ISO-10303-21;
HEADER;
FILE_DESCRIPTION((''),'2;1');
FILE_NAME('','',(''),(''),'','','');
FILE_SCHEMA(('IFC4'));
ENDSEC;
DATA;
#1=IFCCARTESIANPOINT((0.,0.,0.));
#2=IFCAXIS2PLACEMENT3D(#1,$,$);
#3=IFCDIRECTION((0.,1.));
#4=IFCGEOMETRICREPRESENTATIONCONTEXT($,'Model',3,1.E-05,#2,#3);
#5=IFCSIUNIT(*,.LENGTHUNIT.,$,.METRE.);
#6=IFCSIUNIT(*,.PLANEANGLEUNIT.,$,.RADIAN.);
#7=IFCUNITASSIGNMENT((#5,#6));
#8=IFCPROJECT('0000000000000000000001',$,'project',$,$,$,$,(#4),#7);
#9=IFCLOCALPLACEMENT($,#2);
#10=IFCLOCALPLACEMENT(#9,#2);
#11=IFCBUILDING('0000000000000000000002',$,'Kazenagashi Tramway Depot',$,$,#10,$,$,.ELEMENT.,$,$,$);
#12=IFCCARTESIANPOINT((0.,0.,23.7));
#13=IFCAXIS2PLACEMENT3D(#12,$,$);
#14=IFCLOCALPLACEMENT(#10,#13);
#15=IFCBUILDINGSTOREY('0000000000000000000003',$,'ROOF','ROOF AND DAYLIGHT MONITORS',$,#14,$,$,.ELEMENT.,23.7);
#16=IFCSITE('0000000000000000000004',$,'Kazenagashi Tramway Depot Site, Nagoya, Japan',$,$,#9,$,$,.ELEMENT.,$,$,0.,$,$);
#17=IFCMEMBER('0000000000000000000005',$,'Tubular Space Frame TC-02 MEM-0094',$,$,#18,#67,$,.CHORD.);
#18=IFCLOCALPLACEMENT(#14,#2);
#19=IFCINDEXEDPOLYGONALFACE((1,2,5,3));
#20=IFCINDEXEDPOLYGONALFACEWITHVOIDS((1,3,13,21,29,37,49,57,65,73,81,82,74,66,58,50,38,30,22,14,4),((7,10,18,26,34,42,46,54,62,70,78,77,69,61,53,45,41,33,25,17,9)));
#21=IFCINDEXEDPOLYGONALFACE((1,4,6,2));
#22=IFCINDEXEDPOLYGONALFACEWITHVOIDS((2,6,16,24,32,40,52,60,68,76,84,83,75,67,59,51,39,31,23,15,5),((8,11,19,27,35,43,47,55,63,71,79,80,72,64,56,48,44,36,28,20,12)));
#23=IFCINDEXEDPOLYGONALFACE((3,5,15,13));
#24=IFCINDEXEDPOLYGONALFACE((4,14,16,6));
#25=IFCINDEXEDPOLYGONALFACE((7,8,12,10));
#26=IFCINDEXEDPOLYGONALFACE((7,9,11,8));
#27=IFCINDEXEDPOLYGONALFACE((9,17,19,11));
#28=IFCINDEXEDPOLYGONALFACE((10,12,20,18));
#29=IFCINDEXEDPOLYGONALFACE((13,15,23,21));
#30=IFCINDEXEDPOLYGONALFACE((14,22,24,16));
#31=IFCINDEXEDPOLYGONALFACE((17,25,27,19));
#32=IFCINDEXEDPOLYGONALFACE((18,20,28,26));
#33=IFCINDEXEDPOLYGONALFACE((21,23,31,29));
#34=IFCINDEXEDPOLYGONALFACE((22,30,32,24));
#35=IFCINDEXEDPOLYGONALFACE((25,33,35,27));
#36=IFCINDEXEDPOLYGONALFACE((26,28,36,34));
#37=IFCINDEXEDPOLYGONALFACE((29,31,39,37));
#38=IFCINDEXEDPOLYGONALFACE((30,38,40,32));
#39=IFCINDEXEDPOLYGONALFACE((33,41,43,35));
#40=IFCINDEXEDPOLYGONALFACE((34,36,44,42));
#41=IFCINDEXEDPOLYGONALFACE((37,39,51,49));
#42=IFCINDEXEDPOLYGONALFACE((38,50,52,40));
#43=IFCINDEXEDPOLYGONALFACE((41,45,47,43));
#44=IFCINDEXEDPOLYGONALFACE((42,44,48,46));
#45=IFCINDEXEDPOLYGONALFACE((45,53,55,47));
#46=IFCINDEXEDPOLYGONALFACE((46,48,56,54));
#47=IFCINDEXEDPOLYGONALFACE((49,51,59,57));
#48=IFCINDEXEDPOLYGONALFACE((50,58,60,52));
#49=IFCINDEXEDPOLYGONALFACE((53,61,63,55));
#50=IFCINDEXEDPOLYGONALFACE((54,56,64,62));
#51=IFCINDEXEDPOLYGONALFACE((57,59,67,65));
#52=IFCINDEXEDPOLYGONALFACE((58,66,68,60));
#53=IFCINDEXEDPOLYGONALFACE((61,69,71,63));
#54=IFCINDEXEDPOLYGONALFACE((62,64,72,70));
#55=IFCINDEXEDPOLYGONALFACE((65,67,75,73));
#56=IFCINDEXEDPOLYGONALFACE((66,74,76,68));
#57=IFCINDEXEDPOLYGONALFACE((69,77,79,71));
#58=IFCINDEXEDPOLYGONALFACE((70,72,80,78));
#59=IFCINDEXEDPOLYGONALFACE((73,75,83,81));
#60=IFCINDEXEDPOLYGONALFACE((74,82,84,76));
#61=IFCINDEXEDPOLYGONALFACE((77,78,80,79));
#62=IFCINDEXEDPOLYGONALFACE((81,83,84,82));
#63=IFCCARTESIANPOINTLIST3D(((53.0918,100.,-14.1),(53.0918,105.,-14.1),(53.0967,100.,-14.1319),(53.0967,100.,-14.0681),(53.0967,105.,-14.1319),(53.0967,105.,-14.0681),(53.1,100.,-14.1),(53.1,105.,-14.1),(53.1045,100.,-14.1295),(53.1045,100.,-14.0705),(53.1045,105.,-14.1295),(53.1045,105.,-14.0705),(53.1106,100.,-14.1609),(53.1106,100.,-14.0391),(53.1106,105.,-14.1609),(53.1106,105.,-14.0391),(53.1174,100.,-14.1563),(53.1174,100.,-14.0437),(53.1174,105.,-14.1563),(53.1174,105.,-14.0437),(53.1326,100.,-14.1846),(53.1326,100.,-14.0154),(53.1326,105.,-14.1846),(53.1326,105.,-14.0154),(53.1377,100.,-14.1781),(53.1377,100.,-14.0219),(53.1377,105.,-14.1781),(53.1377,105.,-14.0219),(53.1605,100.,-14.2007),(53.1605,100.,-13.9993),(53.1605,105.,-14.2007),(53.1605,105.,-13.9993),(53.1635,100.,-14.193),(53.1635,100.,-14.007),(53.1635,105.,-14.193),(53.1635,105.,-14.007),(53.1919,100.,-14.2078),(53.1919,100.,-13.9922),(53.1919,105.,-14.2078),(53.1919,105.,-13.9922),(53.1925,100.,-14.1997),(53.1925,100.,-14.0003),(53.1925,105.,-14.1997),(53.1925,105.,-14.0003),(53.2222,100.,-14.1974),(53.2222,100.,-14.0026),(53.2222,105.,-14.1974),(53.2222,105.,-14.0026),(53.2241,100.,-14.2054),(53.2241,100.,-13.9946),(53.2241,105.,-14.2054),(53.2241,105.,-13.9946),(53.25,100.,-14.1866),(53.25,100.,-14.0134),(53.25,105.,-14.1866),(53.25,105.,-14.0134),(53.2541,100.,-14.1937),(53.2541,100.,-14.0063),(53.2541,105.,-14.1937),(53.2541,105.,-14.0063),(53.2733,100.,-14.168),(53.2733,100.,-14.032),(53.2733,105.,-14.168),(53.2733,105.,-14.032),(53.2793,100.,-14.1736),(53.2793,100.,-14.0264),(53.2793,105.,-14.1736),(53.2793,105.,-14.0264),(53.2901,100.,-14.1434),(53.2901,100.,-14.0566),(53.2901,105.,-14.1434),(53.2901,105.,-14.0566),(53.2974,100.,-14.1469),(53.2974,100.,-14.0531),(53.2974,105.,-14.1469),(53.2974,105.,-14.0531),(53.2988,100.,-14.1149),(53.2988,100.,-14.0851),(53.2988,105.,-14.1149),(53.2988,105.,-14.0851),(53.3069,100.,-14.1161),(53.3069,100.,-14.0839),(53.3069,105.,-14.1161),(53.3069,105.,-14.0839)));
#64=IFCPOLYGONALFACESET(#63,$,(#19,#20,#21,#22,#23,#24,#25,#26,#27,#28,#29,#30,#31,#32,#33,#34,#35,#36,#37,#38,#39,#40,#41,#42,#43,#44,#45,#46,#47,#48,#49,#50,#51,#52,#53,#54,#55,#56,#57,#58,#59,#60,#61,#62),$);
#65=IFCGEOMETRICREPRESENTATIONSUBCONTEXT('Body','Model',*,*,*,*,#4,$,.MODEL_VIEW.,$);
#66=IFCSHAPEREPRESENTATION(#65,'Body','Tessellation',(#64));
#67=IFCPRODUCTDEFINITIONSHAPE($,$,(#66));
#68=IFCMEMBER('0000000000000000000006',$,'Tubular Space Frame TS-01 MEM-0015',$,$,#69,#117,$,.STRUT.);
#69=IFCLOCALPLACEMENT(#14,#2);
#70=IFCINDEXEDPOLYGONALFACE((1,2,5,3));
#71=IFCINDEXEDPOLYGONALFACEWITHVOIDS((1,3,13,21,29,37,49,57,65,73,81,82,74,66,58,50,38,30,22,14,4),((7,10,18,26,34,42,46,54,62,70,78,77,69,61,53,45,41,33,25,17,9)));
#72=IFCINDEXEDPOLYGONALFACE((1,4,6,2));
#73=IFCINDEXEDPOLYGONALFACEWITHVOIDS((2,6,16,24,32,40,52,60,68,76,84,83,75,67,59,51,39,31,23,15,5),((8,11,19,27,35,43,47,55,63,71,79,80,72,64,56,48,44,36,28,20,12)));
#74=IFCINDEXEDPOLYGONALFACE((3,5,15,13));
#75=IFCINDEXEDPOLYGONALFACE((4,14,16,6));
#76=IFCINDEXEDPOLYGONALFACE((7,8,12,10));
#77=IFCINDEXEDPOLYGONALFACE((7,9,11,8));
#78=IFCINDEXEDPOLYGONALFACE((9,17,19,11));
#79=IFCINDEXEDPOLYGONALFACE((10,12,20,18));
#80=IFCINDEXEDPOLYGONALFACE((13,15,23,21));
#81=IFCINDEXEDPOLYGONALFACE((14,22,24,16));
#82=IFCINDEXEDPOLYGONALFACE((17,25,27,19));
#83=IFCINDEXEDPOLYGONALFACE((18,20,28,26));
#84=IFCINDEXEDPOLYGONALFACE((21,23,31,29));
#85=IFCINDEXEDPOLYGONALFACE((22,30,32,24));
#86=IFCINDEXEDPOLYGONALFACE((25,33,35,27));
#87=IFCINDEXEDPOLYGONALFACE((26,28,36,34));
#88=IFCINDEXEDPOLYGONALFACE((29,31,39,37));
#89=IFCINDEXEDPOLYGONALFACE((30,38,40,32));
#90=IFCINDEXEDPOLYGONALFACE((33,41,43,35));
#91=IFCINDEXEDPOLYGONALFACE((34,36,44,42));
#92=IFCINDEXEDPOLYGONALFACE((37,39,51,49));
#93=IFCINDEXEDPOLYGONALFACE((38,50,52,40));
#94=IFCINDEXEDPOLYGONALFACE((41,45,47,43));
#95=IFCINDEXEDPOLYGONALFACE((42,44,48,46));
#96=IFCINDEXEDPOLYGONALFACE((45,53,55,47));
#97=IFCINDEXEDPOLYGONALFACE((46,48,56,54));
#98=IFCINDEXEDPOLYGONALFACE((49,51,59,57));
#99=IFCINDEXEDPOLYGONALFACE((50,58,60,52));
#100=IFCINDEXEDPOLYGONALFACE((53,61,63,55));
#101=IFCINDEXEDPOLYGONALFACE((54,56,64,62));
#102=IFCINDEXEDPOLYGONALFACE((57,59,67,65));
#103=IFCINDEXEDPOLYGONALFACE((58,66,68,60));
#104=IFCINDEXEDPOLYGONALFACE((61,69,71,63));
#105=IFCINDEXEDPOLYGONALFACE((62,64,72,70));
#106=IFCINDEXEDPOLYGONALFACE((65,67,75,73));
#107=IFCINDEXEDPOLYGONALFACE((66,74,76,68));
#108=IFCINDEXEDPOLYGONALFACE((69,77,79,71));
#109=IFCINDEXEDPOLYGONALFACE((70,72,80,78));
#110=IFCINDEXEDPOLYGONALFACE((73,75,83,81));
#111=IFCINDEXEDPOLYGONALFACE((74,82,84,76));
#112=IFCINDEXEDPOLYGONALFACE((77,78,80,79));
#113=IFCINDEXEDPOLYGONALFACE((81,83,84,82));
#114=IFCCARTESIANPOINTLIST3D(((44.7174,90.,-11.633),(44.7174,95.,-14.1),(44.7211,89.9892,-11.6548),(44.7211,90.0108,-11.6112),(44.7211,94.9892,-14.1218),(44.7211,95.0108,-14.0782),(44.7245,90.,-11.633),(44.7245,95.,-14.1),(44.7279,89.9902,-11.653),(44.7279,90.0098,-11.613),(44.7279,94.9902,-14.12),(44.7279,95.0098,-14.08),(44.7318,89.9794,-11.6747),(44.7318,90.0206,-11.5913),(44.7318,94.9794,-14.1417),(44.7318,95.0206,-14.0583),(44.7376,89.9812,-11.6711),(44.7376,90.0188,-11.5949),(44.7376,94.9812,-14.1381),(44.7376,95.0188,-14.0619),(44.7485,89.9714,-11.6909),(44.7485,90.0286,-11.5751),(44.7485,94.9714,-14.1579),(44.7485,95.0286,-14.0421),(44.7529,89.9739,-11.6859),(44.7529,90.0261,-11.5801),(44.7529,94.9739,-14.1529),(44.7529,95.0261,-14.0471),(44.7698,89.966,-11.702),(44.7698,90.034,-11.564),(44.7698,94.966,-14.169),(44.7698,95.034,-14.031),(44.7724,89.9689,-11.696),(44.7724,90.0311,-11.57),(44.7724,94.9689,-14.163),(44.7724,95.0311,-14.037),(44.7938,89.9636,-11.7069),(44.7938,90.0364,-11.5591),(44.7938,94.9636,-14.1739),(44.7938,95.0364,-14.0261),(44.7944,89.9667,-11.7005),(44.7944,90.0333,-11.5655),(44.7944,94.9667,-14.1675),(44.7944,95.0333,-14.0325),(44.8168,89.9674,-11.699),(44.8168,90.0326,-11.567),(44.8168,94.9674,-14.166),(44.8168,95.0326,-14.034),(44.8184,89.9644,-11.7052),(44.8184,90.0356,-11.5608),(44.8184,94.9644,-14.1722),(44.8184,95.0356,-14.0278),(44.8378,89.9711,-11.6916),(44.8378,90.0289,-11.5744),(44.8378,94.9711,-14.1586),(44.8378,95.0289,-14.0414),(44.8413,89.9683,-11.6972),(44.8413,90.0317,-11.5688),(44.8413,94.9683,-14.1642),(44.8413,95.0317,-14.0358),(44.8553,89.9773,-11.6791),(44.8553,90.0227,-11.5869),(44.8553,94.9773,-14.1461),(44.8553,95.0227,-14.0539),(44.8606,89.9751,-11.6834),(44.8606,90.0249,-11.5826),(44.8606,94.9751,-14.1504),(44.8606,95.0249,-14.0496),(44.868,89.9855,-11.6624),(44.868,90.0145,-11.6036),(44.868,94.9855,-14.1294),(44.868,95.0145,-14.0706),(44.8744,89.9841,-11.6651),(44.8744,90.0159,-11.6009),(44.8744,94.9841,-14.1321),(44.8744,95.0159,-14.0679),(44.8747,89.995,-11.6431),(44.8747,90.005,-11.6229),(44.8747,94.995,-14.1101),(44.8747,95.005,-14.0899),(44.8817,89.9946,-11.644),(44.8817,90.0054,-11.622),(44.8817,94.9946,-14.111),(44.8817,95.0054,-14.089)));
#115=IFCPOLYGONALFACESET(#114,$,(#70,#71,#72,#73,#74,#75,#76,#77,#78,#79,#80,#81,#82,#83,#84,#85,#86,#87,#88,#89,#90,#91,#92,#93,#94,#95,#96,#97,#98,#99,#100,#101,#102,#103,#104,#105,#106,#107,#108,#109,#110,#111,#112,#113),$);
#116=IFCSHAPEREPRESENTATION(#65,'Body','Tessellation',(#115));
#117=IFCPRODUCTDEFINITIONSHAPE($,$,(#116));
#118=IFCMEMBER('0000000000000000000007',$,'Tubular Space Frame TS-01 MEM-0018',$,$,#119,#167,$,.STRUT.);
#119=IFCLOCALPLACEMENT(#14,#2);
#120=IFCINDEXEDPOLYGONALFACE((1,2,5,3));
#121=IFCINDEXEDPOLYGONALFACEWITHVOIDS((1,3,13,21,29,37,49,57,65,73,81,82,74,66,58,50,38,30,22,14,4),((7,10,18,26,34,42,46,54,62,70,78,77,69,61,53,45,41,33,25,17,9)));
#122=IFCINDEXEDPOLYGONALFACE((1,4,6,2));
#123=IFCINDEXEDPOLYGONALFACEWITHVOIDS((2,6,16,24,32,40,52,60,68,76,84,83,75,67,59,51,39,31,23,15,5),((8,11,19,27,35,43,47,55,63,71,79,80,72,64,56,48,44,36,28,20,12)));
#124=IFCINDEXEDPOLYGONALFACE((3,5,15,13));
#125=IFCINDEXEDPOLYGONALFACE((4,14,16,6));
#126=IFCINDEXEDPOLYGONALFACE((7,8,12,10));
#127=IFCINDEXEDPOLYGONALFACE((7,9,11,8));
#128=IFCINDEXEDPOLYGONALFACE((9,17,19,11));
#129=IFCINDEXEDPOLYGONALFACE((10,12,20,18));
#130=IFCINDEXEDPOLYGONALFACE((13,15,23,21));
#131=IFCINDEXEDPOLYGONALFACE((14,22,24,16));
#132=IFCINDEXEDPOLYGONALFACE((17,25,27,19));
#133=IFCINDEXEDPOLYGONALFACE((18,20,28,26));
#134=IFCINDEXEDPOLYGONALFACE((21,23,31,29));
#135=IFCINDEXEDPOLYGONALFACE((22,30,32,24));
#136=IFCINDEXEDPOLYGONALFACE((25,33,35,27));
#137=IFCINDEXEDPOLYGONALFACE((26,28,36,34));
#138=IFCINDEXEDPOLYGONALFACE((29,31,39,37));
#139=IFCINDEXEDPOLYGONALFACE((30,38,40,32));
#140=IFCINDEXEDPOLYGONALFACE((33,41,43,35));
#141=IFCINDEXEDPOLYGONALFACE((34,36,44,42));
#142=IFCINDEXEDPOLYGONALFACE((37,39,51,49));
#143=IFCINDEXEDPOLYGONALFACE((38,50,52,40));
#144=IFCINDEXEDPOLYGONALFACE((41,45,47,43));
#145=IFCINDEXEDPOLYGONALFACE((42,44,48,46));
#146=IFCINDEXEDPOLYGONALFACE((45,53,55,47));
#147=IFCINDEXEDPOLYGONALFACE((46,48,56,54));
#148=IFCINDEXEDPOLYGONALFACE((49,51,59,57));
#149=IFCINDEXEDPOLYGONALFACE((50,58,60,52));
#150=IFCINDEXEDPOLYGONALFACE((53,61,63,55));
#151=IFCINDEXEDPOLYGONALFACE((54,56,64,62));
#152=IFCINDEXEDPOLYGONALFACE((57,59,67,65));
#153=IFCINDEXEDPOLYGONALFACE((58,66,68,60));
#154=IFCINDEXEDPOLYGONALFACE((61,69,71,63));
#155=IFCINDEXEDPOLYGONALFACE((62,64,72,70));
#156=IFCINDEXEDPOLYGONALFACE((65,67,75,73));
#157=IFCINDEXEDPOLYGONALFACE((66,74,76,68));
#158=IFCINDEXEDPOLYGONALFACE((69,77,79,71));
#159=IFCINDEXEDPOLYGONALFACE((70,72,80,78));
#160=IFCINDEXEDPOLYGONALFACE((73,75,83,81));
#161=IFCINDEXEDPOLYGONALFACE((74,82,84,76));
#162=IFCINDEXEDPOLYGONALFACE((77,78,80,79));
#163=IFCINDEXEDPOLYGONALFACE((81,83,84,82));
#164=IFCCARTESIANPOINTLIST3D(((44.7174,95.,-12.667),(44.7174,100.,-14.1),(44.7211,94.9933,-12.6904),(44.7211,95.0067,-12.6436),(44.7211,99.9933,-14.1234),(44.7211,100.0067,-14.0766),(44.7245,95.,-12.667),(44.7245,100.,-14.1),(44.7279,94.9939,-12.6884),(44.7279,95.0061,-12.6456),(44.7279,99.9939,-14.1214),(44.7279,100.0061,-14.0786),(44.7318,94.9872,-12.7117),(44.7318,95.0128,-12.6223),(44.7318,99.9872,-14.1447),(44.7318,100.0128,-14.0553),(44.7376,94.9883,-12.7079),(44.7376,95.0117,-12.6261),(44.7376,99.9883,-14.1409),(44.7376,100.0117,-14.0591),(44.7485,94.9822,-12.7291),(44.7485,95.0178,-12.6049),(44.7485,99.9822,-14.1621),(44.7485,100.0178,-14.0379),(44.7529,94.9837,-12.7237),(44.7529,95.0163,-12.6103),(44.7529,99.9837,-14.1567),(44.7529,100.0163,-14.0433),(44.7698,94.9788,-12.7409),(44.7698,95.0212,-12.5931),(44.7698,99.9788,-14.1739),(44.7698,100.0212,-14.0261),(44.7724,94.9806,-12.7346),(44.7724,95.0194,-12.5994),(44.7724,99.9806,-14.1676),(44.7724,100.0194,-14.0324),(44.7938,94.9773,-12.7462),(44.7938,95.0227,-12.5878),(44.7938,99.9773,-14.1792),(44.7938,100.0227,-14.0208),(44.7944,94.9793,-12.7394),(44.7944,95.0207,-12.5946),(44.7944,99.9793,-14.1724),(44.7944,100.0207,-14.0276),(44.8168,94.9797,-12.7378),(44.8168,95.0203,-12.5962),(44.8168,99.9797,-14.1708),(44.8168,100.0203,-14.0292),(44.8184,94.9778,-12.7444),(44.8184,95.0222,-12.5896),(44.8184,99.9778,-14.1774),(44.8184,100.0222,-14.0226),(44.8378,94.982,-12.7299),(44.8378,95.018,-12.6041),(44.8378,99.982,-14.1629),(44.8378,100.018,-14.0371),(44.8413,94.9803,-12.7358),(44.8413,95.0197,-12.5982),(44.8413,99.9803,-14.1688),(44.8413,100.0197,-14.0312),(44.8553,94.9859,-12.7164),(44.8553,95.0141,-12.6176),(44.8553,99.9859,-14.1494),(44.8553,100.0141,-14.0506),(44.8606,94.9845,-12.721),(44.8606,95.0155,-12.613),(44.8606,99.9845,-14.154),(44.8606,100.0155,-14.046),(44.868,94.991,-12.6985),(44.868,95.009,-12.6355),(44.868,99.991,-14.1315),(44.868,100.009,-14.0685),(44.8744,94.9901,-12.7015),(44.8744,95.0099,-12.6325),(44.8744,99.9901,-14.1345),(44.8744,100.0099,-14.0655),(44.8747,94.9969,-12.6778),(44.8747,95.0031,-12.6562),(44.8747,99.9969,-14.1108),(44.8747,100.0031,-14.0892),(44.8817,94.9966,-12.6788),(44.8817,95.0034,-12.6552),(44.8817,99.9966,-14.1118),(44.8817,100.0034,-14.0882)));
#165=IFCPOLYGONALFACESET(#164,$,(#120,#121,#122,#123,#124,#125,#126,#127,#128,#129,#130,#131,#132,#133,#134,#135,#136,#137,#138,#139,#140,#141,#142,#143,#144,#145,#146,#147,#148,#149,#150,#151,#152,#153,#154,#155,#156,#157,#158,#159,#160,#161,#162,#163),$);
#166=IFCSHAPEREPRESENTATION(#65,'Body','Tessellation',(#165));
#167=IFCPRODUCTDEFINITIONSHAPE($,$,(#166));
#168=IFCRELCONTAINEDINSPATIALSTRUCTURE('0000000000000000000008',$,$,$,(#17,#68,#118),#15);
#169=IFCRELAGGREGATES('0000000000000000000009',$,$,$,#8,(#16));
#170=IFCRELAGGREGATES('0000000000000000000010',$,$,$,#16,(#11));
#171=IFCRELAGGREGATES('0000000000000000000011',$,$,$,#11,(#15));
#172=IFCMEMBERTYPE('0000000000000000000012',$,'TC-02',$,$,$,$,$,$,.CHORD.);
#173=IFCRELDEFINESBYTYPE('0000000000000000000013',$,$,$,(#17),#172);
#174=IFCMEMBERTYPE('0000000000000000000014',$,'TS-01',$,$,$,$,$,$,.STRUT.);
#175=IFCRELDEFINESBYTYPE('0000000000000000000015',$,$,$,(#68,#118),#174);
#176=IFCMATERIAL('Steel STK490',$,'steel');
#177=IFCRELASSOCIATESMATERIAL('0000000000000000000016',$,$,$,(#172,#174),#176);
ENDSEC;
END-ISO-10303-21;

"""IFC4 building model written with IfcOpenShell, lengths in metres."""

from ifc_helpers import new_model, si_unit, direction, frame, origin, origin_2d, place, context, subcontext, project, spatial, hollow_circle, extrude, material, material_profile, profile_set, type_object, element, save


model = new_model("IFC4")

# Units and contexts
model_context = context("Model", 3, precision=1e-05, world=origin(), true_north=direction((0.0, 1.0)))
body_context = subcontext(model_context, "Body", "Model", "MODEL_VIEW")
ifc_project = project(units=[si_unit("LENGTHUNIT", "METRE"), si_unit("PLANEANGLEUNIT", "RADIAN")], contexts=[model_context])

# Site, building, storey
site_placement = place(None, origin())
site = spatial("IfcSite", under=ifc_project, at=site_placement, Name="Kazenagashi Tramway Depot Site, Nagoya, Japan", CompositionType="ELEMENT", RefElevation=0.0)
building_placement = place(site_placement, origin())
building = spatial("IfcBuilding", under=site, at=building_placement, Name="Kazenagashi Tramway Depot", CompositionType="ELEMENT")
storey_placement = place(building_placement, frame((0.0, 0.0, 23.7)))
storey = spatial("IfcBuildingStorey", under=building, at=storey_placement, Name="ROOF", Description="ROOF AND DAYLIGHT MONITORS", CompositionType="ELEMENT", Elevation=23.7)

# Members
ifc_material_1 = material(Name="Steel STK490", Category="steel")
ifc_material_profile_1 = material_profile(ifc_material_1, hollow_circle(Radius=0.1081, WallThickness=0.0082, at=origin_2d()), Name="CHS-216.3x8.2")
ifc_profile_set_1 = profile_set([ifc_material_profile_1], Name="Steel STK490")
member_type_1 = type_object("IfcMemberType", Name="TC-02", PredefinedType="CHORD", material=ifc_profile_set_1)
member_1_placement = place(storey_placement, frame((53.2, 100.0, -14.1), z_axis=(0.0, 1.0, 0.0), x_axis=(-1.0, 0.0, 0.0)))
element("IfcMember", 1, at=member_1_placement, inside=storey, type_object=member_type_1, Name="Tubular Space Frame TC-02 MEM-0094", PredefinedType="CHORD", context=body_context, shape_type="SweptSolid", body=[
    extrude(hollow_circle(Radius=0.1081, WallThickness=0.0082, at=origin_2d()), origin(), (0.0, 0.0, 1.0), 5.0),
])
ifc_material_profile_2 = material_profile(ifc_material_1, hollow_circle(Radius=0.0826, WallThickness=0.0071, at=origin_2d()), Name="CHS-165.2x7.1")
ifc_profile_set_2 = profile_set([ifc_material_profile_2], Name="Steel STK490")
member_type_2 = type_object("IfcMemberType", Name="TS-01", PredefinedType="STRUT", material=ifc_profile_set_2)
member_2_placement = place(storey_placement, frame((44.8, 90.0, -11.633), z_axis=(0.0, 0.896782, -0.442472), x_axis=(-1.0, 0.0, 0.0)))
element("IfcMember", 2, at=member_2_placement, inside=storey, type_object=member_type_2, Name="Tubular Space Frame TS-01 MEM-0015", PredefinedType="STRUT", context=body_context, shape_type="SweptSolid", body=[
    extrude(hollow_circle(Radius=0.0826, WallThickness=0.0071, at=origin_2d()), origin(), (0.0, 0.0, 1.0), 5.5755),
])
for number, where, z_axis, x_axis, name in (
    (3, (44.8, 95.0, -12.667), (0.0, 0.961299, -0.275508), (-1.0, 0.0, 0.0), "Tubular Space Frame TS-01 MEM-0018"),
):
    element("IfcMember", number, at=place(storey_placement, frame(where, z_axis=z_axis, x_axis=x_axis)), inside=storey, type_object=member_type_2, Name=name, PredefinedType="STRUT", context=body_context, shape_type="SweptSolid", body=[
        extrude(hollow_circle(Radius=0.0826, WallThickness=0.0071, at=origin_2d()), origin(), (0.0, 0.0, 1.0), 5.2013),
    ])

save(model, "model.ifc")
